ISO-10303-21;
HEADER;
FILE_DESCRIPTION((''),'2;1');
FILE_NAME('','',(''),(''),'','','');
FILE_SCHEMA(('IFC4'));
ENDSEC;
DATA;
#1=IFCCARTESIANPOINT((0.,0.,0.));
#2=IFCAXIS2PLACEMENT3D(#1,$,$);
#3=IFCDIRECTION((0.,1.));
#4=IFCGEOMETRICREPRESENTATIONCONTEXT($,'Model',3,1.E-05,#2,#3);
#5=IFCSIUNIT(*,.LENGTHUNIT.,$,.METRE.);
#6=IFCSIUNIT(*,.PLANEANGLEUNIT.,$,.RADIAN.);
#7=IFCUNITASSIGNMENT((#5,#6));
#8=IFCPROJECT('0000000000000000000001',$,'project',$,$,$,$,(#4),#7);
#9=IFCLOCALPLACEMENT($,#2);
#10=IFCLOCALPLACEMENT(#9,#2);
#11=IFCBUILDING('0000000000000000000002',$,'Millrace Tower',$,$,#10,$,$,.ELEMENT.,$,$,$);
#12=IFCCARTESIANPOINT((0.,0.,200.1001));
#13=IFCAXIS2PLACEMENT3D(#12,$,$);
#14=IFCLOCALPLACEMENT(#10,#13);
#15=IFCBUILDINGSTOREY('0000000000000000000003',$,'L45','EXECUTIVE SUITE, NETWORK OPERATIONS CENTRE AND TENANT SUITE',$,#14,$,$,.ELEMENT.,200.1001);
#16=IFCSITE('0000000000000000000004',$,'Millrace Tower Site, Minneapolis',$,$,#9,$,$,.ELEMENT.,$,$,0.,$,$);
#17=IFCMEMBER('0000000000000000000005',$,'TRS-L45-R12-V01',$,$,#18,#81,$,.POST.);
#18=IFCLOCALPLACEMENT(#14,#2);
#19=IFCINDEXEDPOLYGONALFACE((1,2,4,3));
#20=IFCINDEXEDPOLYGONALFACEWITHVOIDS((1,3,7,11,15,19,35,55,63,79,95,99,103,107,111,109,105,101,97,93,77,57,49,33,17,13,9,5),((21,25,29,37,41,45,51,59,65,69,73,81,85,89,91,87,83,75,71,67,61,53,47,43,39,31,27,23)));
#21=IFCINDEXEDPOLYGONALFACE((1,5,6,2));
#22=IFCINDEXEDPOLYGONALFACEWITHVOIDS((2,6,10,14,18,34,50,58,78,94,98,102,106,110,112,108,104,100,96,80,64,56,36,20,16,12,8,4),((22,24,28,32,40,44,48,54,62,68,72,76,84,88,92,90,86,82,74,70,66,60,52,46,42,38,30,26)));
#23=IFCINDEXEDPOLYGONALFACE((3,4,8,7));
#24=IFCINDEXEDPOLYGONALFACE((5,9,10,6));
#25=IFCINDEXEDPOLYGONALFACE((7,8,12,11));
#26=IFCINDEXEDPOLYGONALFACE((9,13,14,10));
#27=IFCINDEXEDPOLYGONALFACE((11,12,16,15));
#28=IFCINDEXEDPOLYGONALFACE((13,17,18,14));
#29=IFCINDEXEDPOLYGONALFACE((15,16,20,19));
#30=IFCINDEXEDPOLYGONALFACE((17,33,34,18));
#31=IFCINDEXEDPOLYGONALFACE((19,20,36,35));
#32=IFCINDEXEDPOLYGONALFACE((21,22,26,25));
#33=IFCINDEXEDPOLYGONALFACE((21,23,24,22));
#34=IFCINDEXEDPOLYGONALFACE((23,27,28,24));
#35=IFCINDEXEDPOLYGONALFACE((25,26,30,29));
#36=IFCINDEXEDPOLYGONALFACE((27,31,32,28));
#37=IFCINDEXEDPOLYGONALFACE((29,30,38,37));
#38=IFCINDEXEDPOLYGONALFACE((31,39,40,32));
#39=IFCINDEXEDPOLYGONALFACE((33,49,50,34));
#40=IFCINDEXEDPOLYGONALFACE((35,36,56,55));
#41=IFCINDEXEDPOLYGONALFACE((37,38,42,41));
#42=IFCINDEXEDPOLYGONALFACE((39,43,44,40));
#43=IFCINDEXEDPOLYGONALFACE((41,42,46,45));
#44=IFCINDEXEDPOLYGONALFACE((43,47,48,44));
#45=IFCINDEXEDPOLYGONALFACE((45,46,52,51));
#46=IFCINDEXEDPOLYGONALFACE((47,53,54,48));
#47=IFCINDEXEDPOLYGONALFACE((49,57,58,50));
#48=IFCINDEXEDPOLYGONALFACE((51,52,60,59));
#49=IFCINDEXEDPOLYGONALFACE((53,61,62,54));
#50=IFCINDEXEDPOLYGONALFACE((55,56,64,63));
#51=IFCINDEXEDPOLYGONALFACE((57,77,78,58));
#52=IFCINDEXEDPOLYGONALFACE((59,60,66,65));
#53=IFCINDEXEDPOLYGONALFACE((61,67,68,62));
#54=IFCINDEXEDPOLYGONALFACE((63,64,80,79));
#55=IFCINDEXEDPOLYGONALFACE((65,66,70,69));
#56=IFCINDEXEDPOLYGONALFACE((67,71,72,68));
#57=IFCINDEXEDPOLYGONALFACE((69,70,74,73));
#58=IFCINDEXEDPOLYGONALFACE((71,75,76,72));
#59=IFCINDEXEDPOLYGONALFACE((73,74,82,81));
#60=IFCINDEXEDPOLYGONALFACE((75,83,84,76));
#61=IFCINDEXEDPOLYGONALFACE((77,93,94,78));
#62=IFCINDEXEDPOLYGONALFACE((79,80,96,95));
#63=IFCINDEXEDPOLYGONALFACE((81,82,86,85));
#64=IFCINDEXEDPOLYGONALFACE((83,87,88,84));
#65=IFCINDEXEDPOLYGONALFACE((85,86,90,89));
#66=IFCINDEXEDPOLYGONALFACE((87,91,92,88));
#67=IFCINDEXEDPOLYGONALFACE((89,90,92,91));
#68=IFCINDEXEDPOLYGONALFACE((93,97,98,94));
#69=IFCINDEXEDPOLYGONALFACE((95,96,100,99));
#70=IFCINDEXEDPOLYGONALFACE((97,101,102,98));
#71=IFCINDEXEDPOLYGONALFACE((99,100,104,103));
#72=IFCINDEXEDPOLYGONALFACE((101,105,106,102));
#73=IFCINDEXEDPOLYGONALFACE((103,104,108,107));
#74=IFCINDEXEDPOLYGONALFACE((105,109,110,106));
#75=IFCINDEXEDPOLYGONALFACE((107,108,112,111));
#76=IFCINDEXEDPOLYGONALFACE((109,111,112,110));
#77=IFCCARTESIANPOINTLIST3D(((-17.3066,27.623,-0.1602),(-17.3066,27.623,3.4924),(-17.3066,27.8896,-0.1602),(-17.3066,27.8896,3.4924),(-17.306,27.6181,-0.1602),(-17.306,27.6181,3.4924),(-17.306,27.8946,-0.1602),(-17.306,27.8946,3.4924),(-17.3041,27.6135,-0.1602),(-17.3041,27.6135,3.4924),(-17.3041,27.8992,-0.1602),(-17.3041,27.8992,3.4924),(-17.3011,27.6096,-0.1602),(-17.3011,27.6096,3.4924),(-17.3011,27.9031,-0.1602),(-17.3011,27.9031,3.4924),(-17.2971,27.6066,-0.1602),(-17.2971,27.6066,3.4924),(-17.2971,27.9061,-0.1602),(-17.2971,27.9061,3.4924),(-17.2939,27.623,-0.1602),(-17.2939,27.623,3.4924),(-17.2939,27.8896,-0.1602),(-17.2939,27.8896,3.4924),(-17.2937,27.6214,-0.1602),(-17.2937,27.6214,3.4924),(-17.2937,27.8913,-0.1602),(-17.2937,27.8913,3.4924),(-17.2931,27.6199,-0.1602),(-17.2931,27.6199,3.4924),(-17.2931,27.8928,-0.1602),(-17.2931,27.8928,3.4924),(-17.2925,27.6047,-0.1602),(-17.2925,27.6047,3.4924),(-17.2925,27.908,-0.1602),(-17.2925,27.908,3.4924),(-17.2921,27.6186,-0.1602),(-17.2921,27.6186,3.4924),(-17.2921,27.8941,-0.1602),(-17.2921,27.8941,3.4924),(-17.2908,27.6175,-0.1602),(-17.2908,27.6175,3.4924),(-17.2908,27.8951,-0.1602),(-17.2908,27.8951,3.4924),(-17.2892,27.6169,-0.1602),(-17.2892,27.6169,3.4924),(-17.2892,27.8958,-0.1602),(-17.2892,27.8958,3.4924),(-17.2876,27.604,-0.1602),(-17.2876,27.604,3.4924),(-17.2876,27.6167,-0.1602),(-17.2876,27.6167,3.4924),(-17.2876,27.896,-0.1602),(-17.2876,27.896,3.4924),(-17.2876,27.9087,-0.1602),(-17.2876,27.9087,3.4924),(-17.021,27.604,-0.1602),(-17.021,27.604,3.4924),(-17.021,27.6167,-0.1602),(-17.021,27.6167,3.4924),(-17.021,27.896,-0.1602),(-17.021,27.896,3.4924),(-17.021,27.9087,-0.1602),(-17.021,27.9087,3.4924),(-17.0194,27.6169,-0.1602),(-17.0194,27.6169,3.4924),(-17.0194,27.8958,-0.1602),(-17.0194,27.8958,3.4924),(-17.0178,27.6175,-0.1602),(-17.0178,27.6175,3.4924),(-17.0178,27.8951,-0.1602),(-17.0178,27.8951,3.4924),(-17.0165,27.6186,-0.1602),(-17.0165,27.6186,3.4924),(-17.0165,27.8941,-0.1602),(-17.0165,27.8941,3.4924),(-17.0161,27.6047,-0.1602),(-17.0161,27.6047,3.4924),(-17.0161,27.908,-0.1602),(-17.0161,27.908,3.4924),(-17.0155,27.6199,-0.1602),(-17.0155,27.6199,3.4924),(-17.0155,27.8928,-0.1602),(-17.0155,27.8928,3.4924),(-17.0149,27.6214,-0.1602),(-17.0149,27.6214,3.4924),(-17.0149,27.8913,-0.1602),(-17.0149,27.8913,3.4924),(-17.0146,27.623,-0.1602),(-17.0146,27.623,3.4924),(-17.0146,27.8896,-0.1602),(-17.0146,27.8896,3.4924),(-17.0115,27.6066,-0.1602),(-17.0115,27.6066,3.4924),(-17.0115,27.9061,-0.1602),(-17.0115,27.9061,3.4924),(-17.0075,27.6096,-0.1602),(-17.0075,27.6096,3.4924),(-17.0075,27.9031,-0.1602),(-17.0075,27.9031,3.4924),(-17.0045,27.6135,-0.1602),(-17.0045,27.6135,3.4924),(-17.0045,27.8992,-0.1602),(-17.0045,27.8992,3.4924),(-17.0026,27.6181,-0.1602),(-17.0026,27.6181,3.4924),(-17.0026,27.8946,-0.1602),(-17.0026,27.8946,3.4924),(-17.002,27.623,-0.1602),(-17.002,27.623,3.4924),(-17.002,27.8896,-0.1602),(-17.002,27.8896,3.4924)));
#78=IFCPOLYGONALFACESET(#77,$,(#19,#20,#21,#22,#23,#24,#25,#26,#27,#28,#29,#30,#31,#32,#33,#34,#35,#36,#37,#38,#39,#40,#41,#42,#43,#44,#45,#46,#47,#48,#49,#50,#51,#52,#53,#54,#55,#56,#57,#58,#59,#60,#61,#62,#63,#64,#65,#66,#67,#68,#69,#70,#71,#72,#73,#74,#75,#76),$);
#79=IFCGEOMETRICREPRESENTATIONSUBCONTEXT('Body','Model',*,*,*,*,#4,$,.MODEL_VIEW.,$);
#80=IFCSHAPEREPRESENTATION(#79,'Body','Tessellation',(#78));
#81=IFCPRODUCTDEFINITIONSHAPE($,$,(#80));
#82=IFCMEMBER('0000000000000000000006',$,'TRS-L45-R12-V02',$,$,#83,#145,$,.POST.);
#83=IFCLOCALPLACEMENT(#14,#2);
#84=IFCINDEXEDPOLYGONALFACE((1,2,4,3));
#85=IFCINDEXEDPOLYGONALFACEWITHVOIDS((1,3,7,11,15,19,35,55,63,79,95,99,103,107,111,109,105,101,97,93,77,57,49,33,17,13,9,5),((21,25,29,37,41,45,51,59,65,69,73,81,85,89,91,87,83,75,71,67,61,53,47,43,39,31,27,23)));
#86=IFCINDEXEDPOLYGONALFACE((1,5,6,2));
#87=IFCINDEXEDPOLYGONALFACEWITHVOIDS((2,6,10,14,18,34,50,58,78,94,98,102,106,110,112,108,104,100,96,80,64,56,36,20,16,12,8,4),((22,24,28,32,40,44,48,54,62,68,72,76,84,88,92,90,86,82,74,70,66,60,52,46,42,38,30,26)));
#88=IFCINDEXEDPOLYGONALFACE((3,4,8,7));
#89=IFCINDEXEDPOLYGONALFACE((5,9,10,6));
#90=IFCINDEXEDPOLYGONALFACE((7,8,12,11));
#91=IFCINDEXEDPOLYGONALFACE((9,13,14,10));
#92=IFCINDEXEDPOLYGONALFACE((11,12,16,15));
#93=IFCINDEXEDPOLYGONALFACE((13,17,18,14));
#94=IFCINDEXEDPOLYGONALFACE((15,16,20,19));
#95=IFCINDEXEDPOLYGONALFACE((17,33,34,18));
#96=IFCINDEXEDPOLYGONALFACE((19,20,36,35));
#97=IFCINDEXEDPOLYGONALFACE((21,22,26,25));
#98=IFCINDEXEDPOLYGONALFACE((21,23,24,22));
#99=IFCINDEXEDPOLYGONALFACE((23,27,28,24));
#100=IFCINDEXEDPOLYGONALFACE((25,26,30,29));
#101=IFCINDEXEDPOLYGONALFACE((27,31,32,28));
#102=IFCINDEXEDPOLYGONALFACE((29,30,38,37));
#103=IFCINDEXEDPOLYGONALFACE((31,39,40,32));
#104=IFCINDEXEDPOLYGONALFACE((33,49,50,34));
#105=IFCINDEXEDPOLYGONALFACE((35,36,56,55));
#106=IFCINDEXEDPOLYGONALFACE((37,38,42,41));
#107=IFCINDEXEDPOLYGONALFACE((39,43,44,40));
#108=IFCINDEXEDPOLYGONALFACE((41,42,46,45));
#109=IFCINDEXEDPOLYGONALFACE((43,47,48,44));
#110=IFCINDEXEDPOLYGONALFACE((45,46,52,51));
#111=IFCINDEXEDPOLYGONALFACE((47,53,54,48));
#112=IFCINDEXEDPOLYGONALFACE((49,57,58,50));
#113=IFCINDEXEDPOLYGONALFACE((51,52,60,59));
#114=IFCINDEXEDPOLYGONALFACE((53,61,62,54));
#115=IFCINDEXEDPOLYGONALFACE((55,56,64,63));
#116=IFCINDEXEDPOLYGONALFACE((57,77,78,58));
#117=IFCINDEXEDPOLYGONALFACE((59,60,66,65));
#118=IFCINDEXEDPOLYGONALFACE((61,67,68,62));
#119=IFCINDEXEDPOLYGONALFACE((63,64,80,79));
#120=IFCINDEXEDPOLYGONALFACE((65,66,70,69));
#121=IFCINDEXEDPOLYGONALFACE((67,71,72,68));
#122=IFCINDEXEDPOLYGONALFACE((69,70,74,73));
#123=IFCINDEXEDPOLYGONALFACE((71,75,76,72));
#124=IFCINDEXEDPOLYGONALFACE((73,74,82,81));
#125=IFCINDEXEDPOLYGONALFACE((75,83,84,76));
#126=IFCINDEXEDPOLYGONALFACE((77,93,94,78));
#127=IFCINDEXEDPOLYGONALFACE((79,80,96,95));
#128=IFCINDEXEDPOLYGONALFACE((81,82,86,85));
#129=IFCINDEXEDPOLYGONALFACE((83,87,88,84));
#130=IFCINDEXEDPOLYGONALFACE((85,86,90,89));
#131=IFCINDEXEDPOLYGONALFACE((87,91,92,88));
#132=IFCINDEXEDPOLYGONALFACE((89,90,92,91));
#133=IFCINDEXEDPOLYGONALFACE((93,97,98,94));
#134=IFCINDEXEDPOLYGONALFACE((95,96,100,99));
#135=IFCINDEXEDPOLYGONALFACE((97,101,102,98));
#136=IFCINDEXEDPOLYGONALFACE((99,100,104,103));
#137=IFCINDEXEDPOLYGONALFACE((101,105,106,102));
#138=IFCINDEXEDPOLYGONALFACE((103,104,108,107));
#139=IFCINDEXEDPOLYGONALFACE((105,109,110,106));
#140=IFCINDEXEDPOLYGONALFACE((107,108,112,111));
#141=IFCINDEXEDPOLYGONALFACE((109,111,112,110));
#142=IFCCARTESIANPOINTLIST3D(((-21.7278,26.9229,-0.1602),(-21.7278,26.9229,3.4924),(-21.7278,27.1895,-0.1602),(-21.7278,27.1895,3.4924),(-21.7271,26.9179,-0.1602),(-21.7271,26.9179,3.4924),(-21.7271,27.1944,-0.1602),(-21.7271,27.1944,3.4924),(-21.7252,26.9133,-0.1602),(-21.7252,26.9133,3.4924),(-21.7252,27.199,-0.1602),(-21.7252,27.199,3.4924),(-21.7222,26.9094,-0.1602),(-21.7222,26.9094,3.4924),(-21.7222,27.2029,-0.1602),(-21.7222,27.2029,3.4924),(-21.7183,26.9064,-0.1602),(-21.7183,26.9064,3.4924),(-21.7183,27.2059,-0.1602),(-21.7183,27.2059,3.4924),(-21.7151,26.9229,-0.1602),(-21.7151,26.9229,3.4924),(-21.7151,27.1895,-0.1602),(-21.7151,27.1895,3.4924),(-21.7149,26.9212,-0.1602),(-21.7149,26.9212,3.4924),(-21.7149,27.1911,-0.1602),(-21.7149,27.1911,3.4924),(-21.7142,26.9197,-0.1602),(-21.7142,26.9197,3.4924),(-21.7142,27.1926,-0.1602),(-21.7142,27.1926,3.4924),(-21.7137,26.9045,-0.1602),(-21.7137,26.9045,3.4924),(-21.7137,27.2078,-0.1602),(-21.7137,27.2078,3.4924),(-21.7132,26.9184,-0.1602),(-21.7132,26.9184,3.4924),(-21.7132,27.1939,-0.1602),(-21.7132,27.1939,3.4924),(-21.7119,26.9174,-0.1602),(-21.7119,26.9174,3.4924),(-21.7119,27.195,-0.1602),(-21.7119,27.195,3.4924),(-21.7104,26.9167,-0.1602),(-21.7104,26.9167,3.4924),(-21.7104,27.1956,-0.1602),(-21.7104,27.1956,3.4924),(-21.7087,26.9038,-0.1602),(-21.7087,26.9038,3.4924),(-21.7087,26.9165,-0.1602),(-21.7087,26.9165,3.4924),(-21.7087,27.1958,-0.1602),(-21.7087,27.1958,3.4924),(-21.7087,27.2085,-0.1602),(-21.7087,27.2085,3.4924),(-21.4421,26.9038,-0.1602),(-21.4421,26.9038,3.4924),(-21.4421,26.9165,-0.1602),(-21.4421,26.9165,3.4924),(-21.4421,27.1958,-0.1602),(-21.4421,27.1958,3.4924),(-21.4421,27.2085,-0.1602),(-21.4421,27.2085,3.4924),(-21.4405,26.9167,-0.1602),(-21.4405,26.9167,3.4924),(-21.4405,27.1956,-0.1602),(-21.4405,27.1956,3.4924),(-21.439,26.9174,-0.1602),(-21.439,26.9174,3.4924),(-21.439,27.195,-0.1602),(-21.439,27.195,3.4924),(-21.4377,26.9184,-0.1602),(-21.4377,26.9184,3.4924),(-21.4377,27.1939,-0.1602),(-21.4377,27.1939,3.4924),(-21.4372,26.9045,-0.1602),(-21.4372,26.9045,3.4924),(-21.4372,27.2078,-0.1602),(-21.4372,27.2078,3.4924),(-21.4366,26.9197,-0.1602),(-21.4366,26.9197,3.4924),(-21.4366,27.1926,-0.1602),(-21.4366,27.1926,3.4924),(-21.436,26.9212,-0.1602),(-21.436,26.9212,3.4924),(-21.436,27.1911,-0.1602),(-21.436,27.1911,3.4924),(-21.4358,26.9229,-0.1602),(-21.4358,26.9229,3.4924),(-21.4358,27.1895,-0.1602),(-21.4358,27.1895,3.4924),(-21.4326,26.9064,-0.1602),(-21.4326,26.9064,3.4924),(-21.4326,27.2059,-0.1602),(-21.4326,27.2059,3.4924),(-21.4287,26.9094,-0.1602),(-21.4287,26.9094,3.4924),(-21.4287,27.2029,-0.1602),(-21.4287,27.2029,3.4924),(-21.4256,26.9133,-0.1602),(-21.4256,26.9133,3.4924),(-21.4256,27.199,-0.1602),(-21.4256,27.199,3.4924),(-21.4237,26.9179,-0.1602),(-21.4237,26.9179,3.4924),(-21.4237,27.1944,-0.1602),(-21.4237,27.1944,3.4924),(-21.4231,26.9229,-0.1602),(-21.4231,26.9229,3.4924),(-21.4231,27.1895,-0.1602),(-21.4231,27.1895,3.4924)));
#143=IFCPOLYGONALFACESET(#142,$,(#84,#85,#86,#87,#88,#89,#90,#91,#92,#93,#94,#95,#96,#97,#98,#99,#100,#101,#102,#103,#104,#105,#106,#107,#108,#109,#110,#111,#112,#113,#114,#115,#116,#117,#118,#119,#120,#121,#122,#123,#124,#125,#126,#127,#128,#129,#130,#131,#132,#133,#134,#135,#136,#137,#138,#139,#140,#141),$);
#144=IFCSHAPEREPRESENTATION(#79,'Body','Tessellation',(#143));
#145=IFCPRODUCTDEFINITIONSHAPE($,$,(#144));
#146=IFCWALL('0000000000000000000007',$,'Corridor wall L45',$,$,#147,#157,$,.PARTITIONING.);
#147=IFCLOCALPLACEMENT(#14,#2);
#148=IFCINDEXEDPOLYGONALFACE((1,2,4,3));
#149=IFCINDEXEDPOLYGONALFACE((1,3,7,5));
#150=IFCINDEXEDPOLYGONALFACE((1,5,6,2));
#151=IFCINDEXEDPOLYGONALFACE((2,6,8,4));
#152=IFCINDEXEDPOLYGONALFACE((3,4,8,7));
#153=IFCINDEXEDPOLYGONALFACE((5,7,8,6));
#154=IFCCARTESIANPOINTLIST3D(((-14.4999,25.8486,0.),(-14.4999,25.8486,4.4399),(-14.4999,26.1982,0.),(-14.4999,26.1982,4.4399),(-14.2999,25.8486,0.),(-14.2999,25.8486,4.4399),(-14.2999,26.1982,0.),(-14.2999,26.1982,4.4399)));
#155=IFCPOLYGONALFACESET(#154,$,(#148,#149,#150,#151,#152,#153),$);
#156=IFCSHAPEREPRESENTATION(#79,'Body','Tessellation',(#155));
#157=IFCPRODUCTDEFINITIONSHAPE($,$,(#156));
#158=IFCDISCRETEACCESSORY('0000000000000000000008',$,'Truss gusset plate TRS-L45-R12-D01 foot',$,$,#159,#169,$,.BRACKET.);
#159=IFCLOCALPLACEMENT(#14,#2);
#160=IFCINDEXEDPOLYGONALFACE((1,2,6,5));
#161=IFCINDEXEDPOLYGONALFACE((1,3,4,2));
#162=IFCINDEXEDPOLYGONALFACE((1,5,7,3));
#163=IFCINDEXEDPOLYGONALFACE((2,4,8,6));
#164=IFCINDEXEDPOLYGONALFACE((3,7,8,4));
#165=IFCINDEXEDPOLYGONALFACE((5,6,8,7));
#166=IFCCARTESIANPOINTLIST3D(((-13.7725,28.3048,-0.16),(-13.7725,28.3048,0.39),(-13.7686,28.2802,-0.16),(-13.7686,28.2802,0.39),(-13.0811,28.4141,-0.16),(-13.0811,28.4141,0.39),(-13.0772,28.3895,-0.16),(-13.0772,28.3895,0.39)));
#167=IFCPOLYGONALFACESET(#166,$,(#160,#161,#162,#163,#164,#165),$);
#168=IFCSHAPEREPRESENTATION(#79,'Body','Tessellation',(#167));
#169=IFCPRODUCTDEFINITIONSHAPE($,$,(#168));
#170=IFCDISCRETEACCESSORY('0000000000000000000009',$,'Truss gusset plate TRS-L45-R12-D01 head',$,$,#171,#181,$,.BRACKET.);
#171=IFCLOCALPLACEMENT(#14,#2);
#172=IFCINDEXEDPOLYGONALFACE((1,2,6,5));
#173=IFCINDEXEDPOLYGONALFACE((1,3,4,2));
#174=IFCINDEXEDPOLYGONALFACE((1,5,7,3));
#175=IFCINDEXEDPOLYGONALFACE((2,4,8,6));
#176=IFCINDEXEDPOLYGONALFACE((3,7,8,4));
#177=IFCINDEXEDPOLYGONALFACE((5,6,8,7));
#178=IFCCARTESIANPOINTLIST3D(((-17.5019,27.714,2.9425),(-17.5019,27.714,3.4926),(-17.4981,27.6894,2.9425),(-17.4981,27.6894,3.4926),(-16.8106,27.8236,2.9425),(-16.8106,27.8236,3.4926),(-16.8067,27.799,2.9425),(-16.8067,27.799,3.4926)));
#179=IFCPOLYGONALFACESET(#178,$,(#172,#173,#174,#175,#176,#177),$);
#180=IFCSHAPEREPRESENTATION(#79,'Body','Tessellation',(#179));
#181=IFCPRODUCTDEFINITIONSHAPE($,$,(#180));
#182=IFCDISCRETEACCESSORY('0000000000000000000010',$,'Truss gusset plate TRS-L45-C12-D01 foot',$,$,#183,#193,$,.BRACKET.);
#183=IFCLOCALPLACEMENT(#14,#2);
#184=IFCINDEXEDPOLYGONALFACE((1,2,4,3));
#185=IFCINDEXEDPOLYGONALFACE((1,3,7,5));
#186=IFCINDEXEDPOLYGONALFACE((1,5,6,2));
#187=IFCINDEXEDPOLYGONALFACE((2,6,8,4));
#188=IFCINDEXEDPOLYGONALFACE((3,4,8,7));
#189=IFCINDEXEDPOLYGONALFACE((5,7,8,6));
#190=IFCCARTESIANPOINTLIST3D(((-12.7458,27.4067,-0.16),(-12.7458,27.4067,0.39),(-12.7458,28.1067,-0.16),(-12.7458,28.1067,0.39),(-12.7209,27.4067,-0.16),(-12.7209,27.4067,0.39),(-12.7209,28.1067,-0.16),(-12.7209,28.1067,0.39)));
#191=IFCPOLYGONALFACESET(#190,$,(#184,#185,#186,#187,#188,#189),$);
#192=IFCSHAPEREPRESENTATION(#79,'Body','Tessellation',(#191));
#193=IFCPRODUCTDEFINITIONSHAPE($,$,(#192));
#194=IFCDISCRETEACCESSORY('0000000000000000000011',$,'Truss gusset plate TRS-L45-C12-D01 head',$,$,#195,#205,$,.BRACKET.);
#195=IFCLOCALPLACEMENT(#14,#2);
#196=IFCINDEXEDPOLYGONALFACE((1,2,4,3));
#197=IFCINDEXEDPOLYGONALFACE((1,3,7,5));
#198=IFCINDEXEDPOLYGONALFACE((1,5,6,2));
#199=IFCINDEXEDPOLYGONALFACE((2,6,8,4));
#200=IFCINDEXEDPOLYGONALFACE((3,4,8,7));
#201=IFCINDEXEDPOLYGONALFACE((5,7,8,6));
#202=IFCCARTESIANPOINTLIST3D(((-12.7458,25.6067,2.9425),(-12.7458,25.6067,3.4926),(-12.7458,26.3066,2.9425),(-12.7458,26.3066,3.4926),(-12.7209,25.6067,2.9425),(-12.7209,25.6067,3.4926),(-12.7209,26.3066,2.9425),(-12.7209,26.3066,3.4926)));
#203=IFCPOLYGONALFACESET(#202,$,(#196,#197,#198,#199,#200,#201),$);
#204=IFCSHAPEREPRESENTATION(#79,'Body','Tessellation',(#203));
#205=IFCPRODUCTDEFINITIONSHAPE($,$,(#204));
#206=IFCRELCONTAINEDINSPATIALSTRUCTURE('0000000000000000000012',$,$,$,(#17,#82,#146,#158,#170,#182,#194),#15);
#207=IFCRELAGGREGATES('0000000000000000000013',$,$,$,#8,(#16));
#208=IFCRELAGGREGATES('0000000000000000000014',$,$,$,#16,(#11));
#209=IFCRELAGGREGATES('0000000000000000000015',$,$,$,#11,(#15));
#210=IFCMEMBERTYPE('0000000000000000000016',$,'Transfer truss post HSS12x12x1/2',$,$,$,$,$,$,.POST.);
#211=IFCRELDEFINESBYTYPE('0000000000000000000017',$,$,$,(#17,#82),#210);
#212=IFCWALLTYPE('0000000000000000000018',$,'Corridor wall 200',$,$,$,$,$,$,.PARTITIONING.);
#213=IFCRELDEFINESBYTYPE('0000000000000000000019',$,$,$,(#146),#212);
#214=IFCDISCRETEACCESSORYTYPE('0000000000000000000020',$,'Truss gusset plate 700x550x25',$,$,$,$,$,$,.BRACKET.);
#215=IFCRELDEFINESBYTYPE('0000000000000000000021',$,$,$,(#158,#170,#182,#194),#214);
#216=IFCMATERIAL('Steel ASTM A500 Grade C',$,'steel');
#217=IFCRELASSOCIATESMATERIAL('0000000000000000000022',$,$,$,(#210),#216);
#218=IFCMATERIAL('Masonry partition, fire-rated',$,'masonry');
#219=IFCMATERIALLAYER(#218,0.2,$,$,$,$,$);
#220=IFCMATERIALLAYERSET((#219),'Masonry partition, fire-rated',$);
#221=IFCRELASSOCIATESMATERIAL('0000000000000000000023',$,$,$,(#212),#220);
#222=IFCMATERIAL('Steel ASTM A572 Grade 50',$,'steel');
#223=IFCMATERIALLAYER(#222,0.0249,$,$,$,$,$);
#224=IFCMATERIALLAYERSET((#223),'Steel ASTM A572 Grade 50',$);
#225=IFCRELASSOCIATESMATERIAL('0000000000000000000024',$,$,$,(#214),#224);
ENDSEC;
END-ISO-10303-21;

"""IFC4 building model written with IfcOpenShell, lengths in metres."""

from ifc_helpers import new_model, si_unit, direction, frame, frame_2d, origin, origin_2d, place, context, subcontext, project, spatial, rectangle, hollow_rectangle, extrude, material, layer, layer_set, material_profile, profile_set, type_object, element, save


model = new_model("IFC4")

# Units and contexts
model_context = context("Model", 3, precision=1e-05, world=origin(), true_north=direction((0.0, 1.0)))
body_context = subcontext(model_context, "Body", "Model", "MODEL_VIEW")
ifc_project = project(units=[si_unit("LENGTHUNIT", "METRE"), si_unit("PLANEANGLEUNIT", "RADIAN")], contexts=[model_context])

# Site, building, storey
site_placement = place(None, origin())
site = spatial("IfcSite", under=ifc_project, at=site_placement, Name="Millrace Tower Site, Minneapolis", CompositionType="ELEMENT", RefElevation=0.0)
building_placement = place(site_placement, origin())
building = spatial("IfcBuilding", under=site, at=building_placement, Name="Millrace Tower", CompositionType="ELEMENT")
storey_placement = place(building_placement, frame((0.0, 0.0, 200.1001)))
storey = spatial("IfcBuildingStorey", under=building, at=storey_placement, Name="L45", Description="EXECUTIVE SUITE, NETWORK OPERATIONS CENTRE AND TENANT SUITE", CompositionType="ELEMENT", Elevation=200.1001)

# Members
ifc_material_1 = material(Name="Steel ASTM A500 Grade C", Category="steel")
ifc_material_profile_1 = material_profile(ifc_material_1, hollow_rectangle(XDim=0.3047, YDim=0.3047, WallThickness=0.0127, InnerFilletRadius=0.0063, OuterFilletRadius=0.019, at=origin_2d()))
ifc_profile_set_1 = profile_set([ifc_material_profile_1], Name="Steel ASTM A500 Grade C")
member_type_1 = type_object("IfcMemberType", Name="Transfer truss post HSS12x12x1/2", PredefinedType="POST", material=ifc_profile_set_1)
for number, where, z_axis, x_axis, name in (
    (1, (-17.1543, 27.7563, -0.1602), (0.0, 0.0, 1.0), (1.0, 0.0, 0.0), "TRS-L45-R12-V01"),
    (2, (-21.5754, 27.0562, -0.1602), (0.0, 0.0, 1.0), (1.0, 0.0, 0.0), "TRS-L45-R12-V02"),
):
    element("IfcMember", number, at=place(storey_placement, frame(where, z_axis=z_axis, x_axis=x_axis)), inside=storey, type_object=member_type_1, Name=name, PredefinedType="POST", context=body_context, shape_type="SweptSolid", body=[
        extrude(hollow_rectangle(XDim=0.3047, YDim=0.3047, WallThickness=0.0127, InnerFilletRadius=0.0063, OuterFilletRadius=0.019, at=origin_2d()), origin(), (0.0, 0.0, 1.0), 3.6526),
    ])

# Wall
ifc_material_2 = material(Name="Masonry partition, fire-rated", Category="masonry")
ifc_layer_1 = layer(ifc_material_2, 0.2)
ifc_layer_set_1 = layer_set([ifc_layer_1], Name="Masonry partition, fire-rated")
wall_type = type_object("IfcWallType", Name="Corridor wall 200", PredefinedType="PARTITIONING", material=ifc_layer_set_1)
wall_placement = place(storey_placement, frame((-14.3999, 25.8486, 0.0), z_axis=(0.0, 0.0, 1.0), x_axis=(0.0, 1.0, 0.0)))
element("IfcWall", 3, at=wall_placement, inside=storey, type_object=wall_type, Name="Corridor wall L45", PredefinedType="PARTITIONING", context=body_context, shape_type="SweptSolid", body=[
    extrude(rectangle(XDim=0.3496, YDim=0.2, at=frame_2d((0.1748, 0.0))), origin(), (0.0, 0.0, 1.0), 4.4399),
])

# Discrete accessories
ifc_material_3 = material(Name="Steel ASTM A572 Grade 50", Category="steel")
ifc_layer_2 = layer(ifc_material_3, 0.0249)
ifc_layer_set_2 = layer_set([ifc_layer_2], Name="Steel ASTM A572 Grade 50")
discrete_accessory_type = type_object("IfcDiscreteAccessoryType", Name="Truss gusset plate 700x550x25", PredefinedType="BRACKET", material=ifc_layer_set_2)
for number, where, z_axis, x_axis, name in (
    (4, (-13.7705, 28.2925, 0.115), (0.987718, 0.156249, 0.0), (-0.156249, 0.987718, 0.0), "Truss gusset plate TRS-L45-R12-D01 foot"),
    (5, (-17.5, 27.7017, 3.2175), (0.987664, 0.156589, 0.0), (-0.156589, 0.987664, 0.0), "Truss gusset plate TRS-L45-R12-D01 head"),
    (6, (-12.7334, 27.4067, 0.115), (0.0, 1.0, 0.0), (-1.0, 0.0, 0.0), "Truss gusset plate TRS-L45-C12-D01 foot"),
    (7, (-12.7334, 25.6067, 3.2175), (0.0, 1.0, 0.0), (-1.0, 0.0, 0.0), "Truss gusset plate TRS-L45-C12-D01 head"),
):
    element("IfcDiscreteAccessory", number, at=place(storey_placement, frame(where, z_axis=z_axis, x_axis=x_axis)), inside=storey, type_object=discrete_accessory_type, Name=name, PredefinedType="BRACKET", context=body_context, shape_type="SweptSolid", body=[
        extrude(rectangle(XDim=0.0249, YDim=0.55, at=origin_2d()), origin(), (0.0, 0.0, 1.0), 0.7),
    ])

save(model, "model.ifc")
